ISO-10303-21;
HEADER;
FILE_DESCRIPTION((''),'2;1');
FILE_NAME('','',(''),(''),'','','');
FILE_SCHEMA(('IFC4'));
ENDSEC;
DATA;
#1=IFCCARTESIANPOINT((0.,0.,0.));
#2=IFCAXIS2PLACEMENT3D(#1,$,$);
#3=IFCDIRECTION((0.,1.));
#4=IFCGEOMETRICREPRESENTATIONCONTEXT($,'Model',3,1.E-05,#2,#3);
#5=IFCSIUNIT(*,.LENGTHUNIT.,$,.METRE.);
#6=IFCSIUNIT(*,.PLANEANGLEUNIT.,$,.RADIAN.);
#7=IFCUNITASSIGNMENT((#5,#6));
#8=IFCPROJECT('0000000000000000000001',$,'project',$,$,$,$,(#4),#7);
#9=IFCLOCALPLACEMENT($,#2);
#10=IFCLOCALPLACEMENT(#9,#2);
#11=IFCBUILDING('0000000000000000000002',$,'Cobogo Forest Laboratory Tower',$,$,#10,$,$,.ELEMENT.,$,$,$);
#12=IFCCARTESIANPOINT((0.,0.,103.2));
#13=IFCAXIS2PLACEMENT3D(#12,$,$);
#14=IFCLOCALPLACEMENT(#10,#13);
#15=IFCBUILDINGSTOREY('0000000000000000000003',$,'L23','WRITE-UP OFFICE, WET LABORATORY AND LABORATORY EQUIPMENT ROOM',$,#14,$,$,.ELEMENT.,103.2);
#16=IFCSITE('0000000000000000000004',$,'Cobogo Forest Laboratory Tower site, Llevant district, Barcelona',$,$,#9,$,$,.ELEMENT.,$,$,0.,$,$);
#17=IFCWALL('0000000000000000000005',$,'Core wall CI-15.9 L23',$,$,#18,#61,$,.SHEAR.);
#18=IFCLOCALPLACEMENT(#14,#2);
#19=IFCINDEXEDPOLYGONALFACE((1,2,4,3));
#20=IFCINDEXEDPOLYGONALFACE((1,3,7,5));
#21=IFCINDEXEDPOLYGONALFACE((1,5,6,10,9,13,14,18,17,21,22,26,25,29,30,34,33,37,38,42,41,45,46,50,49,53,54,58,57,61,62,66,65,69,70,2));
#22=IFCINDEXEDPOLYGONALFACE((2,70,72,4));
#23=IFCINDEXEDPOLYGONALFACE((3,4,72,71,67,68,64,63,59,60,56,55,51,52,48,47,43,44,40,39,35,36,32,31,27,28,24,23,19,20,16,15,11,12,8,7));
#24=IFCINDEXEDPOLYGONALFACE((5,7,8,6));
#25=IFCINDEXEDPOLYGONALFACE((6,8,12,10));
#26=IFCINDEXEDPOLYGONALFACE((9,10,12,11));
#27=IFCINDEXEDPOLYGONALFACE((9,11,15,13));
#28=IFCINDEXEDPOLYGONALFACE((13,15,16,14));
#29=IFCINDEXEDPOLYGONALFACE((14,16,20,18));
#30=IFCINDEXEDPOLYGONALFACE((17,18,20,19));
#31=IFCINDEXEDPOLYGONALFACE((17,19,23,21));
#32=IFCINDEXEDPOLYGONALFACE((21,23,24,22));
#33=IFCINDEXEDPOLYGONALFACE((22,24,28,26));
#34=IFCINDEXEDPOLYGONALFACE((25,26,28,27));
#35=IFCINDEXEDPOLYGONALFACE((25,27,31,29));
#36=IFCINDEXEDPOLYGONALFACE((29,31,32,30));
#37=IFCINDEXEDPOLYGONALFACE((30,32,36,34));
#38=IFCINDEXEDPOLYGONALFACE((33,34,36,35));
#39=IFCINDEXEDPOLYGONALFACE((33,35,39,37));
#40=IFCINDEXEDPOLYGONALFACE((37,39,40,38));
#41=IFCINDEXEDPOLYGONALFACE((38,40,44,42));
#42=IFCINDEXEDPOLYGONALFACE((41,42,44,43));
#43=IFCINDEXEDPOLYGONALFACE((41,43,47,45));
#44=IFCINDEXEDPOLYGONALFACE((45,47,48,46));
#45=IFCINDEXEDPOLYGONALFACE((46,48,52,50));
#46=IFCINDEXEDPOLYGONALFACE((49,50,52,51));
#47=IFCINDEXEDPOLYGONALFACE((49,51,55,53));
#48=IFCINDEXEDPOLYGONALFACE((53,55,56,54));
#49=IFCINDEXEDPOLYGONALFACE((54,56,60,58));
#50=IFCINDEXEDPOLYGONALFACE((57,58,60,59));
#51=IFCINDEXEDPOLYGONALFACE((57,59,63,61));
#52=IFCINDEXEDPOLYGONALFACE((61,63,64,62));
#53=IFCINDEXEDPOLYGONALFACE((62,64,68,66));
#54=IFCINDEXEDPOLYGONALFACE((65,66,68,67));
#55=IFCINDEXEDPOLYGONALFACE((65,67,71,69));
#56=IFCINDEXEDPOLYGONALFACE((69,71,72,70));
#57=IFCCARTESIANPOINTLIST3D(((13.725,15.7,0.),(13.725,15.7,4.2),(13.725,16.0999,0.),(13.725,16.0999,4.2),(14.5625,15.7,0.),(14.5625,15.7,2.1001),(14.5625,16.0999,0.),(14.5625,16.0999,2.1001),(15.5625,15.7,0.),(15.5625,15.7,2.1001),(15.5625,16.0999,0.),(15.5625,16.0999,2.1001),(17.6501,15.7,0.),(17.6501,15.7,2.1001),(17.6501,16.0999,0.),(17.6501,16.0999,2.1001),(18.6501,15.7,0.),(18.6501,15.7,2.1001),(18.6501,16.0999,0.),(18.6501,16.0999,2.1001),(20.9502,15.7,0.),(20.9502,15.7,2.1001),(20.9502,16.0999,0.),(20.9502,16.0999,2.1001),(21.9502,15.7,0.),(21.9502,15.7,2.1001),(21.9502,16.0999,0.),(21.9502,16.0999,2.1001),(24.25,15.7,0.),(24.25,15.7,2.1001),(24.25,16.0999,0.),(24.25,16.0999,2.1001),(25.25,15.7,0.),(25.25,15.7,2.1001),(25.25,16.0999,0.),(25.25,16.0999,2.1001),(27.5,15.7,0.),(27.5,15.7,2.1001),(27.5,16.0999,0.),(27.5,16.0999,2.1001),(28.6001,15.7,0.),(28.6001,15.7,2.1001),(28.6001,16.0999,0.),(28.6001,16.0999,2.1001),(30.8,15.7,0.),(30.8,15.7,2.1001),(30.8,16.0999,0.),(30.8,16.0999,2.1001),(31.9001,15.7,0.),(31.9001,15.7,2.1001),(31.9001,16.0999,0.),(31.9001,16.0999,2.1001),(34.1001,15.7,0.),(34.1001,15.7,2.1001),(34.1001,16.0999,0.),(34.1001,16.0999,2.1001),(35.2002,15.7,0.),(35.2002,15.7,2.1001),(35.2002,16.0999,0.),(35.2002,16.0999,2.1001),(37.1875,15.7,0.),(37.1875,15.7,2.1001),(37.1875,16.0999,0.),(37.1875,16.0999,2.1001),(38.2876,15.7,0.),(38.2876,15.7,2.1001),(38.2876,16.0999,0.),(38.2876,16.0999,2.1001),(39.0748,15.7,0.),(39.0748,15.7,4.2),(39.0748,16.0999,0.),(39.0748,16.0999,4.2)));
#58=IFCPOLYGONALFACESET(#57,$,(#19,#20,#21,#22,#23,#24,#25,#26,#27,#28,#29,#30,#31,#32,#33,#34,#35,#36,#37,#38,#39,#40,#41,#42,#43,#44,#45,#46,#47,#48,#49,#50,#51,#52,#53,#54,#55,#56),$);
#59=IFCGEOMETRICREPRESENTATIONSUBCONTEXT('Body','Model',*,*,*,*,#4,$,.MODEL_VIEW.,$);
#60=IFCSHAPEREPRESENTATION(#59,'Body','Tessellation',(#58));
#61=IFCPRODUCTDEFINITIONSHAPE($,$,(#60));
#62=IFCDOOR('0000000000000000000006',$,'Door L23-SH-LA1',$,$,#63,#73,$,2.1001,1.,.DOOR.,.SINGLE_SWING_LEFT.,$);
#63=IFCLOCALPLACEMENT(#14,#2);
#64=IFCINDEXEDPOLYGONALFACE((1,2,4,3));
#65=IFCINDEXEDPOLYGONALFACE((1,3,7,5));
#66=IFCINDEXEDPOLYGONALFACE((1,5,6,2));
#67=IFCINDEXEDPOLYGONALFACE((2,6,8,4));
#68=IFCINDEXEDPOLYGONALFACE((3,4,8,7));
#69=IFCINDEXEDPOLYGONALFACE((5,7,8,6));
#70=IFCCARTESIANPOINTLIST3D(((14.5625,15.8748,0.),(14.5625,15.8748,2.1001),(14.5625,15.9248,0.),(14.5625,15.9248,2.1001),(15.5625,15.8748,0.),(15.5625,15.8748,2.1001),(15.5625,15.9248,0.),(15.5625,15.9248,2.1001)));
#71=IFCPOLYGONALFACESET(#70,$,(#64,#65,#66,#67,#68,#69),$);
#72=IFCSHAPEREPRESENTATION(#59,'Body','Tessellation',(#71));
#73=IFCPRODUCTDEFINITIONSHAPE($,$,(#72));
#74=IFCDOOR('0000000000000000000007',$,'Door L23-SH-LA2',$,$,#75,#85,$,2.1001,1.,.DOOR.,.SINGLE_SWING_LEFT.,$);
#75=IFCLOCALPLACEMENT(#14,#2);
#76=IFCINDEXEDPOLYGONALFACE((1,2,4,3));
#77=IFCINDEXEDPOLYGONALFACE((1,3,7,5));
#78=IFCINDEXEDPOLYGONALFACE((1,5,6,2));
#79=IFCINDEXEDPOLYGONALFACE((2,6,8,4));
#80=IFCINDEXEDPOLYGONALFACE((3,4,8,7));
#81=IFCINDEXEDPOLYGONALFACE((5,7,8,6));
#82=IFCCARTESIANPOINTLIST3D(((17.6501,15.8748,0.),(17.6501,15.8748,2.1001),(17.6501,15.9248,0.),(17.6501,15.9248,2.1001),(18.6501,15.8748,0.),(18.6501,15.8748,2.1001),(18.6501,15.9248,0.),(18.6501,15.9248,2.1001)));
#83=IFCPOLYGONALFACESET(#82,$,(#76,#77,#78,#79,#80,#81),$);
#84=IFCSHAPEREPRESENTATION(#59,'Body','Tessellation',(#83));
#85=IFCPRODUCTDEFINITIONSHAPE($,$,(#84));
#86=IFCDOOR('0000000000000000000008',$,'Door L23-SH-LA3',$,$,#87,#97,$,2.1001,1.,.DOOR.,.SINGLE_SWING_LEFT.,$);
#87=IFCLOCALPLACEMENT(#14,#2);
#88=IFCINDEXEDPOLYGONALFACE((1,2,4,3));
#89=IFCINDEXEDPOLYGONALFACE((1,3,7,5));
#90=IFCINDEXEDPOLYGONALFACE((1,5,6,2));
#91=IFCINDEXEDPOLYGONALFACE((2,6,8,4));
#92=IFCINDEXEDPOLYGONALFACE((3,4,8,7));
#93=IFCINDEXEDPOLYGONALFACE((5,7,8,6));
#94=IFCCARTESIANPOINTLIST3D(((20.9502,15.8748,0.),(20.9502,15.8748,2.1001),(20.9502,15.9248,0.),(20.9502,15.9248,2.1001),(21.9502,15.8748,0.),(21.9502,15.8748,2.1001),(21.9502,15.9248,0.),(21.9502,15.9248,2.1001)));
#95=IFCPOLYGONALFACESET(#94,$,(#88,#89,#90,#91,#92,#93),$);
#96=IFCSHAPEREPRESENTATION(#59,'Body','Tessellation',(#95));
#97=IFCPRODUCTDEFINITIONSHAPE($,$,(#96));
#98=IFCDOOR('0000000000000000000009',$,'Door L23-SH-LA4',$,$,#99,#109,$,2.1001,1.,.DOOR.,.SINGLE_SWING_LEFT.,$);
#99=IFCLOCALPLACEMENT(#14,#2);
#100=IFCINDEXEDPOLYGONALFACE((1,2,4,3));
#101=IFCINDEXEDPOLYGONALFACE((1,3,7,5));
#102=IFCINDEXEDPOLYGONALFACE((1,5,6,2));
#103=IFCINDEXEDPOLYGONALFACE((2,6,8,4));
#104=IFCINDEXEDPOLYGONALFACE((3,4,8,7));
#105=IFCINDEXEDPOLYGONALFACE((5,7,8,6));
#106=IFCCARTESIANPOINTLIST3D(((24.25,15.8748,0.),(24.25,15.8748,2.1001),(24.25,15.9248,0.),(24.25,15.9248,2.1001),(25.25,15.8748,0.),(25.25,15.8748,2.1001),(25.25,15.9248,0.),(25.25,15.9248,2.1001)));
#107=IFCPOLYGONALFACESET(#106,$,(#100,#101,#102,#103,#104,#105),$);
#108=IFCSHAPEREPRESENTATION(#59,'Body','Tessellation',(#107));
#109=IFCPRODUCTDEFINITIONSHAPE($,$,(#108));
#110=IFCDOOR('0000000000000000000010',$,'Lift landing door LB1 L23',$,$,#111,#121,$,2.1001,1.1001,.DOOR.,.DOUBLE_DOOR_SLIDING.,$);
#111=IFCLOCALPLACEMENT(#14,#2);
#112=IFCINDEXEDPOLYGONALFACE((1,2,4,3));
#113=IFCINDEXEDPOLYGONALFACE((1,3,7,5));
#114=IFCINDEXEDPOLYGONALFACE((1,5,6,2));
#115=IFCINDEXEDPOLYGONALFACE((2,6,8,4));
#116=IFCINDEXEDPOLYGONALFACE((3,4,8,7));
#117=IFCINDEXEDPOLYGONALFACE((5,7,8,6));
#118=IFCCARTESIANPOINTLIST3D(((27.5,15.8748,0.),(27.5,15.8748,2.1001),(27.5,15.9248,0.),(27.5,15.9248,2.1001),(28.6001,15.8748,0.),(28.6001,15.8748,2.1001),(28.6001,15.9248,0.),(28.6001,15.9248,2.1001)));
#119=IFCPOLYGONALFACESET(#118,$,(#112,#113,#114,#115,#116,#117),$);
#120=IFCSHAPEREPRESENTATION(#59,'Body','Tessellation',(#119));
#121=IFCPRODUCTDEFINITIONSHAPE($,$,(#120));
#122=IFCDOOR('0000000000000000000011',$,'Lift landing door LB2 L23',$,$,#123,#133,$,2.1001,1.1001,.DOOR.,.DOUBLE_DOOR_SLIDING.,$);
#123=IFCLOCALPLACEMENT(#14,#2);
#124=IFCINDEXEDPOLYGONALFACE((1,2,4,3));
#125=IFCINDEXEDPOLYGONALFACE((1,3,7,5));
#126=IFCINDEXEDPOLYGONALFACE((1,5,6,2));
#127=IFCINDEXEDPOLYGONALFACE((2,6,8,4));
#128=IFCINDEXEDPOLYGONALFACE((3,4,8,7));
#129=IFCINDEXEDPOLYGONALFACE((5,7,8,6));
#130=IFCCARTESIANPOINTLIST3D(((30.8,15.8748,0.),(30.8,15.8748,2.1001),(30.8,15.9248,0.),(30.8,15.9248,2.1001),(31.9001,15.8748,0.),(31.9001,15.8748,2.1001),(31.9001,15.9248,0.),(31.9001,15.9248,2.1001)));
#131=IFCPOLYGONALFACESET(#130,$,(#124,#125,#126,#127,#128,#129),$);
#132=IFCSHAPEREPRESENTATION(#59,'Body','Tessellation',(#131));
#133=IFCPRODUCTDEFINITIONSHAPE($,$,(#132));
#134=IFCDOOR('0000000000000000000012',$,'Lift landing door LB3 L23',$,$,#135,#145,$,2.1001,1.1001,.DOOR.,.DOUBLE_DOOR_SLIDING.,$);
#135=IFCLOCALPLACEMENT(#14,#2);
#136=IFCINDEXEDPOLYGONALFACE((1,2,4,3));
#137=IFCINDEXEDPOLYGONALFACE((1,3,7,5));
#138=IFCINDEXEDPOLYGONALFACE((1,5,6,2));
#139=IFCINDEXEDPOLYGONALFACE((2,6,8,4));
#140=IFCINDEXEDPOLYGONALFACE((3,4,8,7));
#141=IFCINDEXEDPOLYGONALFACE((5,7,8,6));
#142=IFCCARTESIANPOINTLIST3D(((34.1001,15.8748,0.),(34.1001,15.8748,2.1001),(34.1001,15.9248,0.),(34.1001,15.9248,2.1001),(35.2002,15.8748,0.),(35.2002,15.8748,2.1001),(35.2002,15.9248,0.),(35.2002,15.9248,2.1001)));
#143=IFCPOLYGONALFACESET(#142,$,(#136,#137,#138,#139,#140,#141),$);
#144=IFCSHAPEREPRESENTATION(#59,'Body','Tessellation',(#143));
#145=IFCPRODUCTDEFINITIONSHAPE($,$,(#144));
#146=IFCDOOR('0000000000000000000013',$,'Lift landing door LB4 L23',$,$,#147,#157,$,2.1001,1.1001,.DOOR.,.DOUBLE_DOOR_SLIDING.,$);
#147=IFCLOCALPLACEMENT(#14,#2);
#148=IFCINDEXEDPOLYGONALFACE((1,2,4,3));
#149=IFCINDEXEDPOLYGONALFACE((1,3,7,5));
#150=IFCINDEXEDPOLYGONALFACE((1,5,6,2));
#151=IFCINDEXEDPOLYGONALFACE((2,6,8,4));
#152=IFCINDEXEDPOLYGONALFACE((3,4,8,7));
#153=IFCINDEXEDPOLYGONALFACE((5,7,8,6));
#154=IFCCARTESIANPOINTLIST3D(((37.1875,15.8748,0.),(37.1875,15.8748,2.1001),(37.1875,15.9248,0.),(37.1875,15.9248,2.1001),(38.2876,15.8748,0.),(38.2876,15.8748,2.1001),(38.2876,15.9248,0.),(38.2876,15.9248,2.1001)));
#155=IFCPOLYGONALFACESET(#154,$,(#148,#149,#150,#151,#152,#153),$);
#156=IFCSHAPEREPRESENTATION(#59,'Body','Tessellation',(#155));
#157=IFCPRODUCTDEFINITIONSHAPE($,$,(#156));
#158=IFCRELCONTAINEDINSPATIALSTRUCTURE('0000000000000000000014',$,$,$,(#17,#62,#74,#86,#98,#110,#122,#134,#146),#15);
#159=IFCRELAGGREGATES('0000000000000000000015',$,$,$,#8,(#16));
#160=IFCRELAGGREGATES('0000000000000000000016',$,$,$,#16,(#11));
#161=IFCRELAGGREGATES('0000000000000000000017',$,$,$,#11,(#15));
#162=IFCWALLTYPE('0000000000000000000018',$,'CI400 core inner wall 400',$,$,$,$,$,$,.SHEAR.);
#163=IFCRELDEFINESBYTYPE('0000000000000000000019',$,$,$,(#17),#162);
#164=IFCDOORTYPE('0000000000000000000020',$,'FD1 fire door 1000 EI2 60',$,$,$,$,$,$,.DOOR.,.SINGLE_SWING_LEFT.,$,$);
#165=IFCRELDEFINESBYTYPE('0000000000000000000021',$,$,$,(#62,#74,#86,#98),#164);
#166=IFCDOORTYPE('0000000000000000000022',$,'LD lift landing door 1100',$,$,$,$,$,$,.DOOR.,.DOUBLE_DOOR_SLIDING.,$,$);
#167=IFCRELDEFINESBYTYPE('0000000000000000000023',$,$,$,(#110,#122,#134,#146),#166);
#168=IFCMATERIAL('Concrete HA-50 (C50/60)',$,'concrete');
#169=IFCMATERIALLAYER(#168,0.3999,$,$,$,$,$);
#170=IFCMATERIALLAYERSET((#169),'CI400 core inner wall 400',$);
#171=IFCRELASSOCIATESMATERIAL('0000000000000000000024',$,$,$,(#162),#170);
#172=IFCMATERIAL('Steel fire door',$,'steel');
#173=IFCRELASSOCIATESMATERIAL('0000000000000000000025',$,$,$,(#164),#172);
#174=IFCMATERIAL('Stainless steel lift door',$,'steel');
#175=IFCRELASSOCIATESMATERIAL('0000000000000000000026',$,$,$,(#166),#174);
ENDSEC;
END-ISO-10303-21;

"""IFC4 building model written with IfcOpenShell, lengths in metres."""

from ifc_helpers import new_model, si_unit, direction, frame, frame_2d, origin, place, context, subcontext, project, spatial, rectangle, extrude, material, layer, layer_set, type_object, element, fill, save


model = new_model("IFC4")

# Units and contexts
model_context = context("Model", 3, precision=1e-05, world=origin(), true_north=direction((0.0, 1.0)))
body_context = subcontext(model_context, "Body", "Model", "MODEL_VIEW")
ifc_project = project(units=[si_unit("LENGTHUNIT", "METRE"), si_unit("PLANEANGLEUNIT", "RADIAN")], contexts=[model_context])

# Site, building, storey
site_placement = place(None, origin())
site = spatial("IfcSite", under=ifc_project, at=site_placement, Name="Cobogo Forest Laboratory Tower site, Llevant district, Barcelona", CompositionType="ELEMENT", RefElevation=0.0)
building_placement = place(site_placement, origin())
building = spatial("IfcBuilding", under=site, at=building_placement, Name="Cobogo Forest Laboratory Tower", CompositionType="ELEMENT")
storey_placement = place(building_placement, frame((0.0, 0.0, 103.2)))
storey = spatial("IfcBuildingStorey", under=building, at=storey_placement, Name="L23", Description="WRITE-UP OFFICE, WET LABORATORY AND LABORATORY EQUIPMENT ROOM", CompositionType="ELEMENT", Elevation=103.2)

# Shared definitions
ifc_material_1 = material(Name="Concrete HA-50 (C50/60)", Category="concrete")

# Wall, openings, doors
ifc_layer_1 = layer(ifc_material_1, 0.3999)
ifc_layer_set_1 = layer_set([ifc_layer_1], Name="CI400 core inner wall 400")
wall_type_1 = type_object("IfcWallType", Name="CI400 core inner wall 400", PredefinedType="SHEAR", material=ifc_layer_set_1)
wall_1_placement = place(storey_placement, frame((13.7251, 15.8999, 0.0), z_axis=(0.0, 0.0, 1.0), x_axis=(1.0, 0.0, 0.0)))
wall_1 = element("IfcWall", 1, at=wall_1_placement, inside=storey, type_object=wall_type_1, Name="Core wall CI-15.9 L23", PredefinedType="SHEAR", context=body_context, shape_type="SweptSolid", body=[
    extrude(rectangle(XDim=25.3499, YDim=0.3999, at=frame_2d((12.6748, 0.0))), origin(), (0.0, 0.0, 1.0), 4.2),
])
opening_1_placement = place(wall_1_placement, frame((0.8374, 0.0, 0.0)))
opening_1 = element("IfcOpeningElement", 2, at=opening_1_placement, cuts=wall_1, PredefinedType="OPENING", context=body_context, shape_type="SweptSolid", body=[
    extrude(rectangle(XDim=1.0, YDim=2.1001, at=frame_2d((0.5, 1.05))), frame((0.0, 0.21, 0.0), z_axis=(0.0, -1.0, 0.0), x_axis=(1.0, 0.0, 0.0)), (0.0, 0.0, 1.0), 0.4199),
])
opening_2_placement = place(wall_1_placement, frame((3.925, 0.0, 0.0)))
opening_2 = element("IfcOpeningElement", 3, at=opening_2_placement, cuts=wall_1, PredefinedType="OPENING", context=body_context, shape_type="SweptSolid", body=[
    extrude(rectangle(XDim=1.0, YDim=2.1001, at=frame_2d((0.5, 1.05))), frame((0.0, 0.21, 0.0), z_axis=(0.0, -1.0, 0.0), x_axis=(1.0, 0.0, 0.0)), (0.0, 0.0, 1.0), 0.4199),
])
opening_3_placement = place(wall_1_placement, frame((7.2251, 0.0, 0.0)))
opening_3 = element("IfcOpeningElement", 4, at=opening_3_placement, cuts=wall_1, PredefinedType="OPENING", context=body_context, shape_type="SweptSolid", body=[
    extrude(rectangle(XDim=1.0, YDim=2.1001, at=frame_2d((0.5, 1.05))), frame((0.0, 0.21, 0.0), z_axis=(0.0, -1.0, 0.0), x_axis=(1.0, 0.0, 0.0)), (0.0, 0.0, 1.0), 0.4199),
])
opening_4_placement = place(wall_1_placement, frame((10.5249, 0.0, 0.0)))
opening_4 = element("IfcOpeningElement", 5, at=opening_4_placement, cuts=wall_1, PredefinedType="OPENING", context=body_context, shape_type="SweptSolid", body=[
    extrude(rectangle(XDim=1.0, YDim=2.1001, at=frame_2d((0.5, 1.05))), frame((0.0, 0.21, 0.0), z_axis=(0.0, -1.0, 0.0), x_axis=(1.0, 0.0, 0.0)), (0.0, 0.0, 1.0), 0.4199),
])
opening_5_placement = place(wall_1_placement, frame((13.7749, 0.0, 0.0)))
opening_5 = element("IfcOpeningElement", 6, at=opening_5_placement, cuts=wall_1, PredefinedType="OPENING", context=body_context, shape_type="SweptSolid", body=[
    extrude(rectangle(XDim=1.1001, YDim=2.1001, at=frame_2d((0.55, 1.05))), frame((0.0, 0.21, 0.0), z_axis=(0.0, -1.0, 0.0), x_axis=(1.0, 0.0, 0.0)), (0.0, 0.0, 1.0), 0.4199),
])
opening_6_placement = place(wall_1_placement, frame((17.075, 0.0, 0.0)))
opening_6 = element("IfcOpeningElement", 7, at=opening_6_placement, cuts=wall_1, PredefinedType="OPENING", context=body_context, shape_type="SweptSolid", body=[
    extrude(rectangle(XDim=1.1001, YDim=2.1001, at=frame_2d((0.55, 1.05))), frame((0.0, 0.21, 0.0), z_axis=(0.0, -1.0, 0.0), x_axis=(1.0, 0.0, 0.0)), (0.0, 0.0, 1.0), 0.4199),
])
opening_7_placement = place(wall_1_placement, frame((20.375, 0.0, 0.0)))
opening_7 = element("IfcOpeningElement", 8, at=opening_7_placement, cuts=wall_1, PredefinedType="OPENING", context=body_context, shape_type="SweptSolid", body=[
    extrude(rectangle(XDim=1.1001, YDim=2.1001, at=frame_2d((0.55, 1.05))), frame((0.0, 0.21, 0.0), z_axis=(0.0, -1.0, 0.0), x_axis=(1.0, 0.0, 0.0)), (0.0, 0.0, 1.0), 0.4199),
])
opening_8_placement = place(wall_1_placement, frame((23.4624, 0.0, 0.0)))
opening_8 = element("IfcOpeningElement", 9, at=opening_8_placement, cuts=wall_1, PredefinedType="OPENING", context=body_context, shape_type="SweptSolid", body=[
    extrude(rectangle(XDim=1.1001, YDim=2.1001, at=frame_2d((0.55, 1.05))), frame((0.0, 0.21, 0.0), z_axis=(0.0, -1.0, 0.0), x_axis=(1.0, 0.0, 0.0)), (0.0, 0.0, 1.0), 0.4199),
])
ifc_material_2 = material(Name="Steel fire door", Category="steel")
door_type_1 = type_object("IfcDoorType", Name="FD1 fire door 1000 EI2 60", OperationType="SINGLE_SWING_LEFT", PredefinedType="DOOR", material=ifc_material_2)
door_1_placement = place(opening_1_placement, origin())
door_1 = element("IfcDoor", 10, at=door_1_placement, inside=storey, type_object=door_type_1, Name="Door L23-SH-LA1", OperationType="SINGLE_SWING_LEFT", OverallHeight=2.1001, OverallWidth=1.0, PredefinedType="DOOR", context=body_context, shape_type="SweptSolid", body=[
    extrude(rectangle(XDim=1.0, YDim=2.1001, at=frame_2d((0.5, 1.05))), frame((0.0, 0.0249, 0.0), z_axis=(0.0, -1.0, 0.0), x_axis=(1.0, 0.0, 0.0)), (0.0, 0.0, 1.0), 0.05),
])
fill(opening_1, door_1)
door_2_placement = place(opening_2_placement, origin())
door_2 = element("IfcDoor", 11, at=door_2_placement, inside=storey, type_object=door_type_1, Name="Door L23-SH-LA2", OperationType="SINGLE_SWING_LEFT", OverallHeight=2.1001, OverallWidth=1.0, PredefinedType="DOOR", context=body_context, shape_type="SweptSolid", body=[
    extrude(rectangle(XDim=1.0, YDim=2.1001, at=frame_2d((0.5, 1.05))), frame((0.0, 0.0249, 0.0), z_axis=(0.0, -1.0, 0.0), x_axis=(1.0, 0.0, 0.0)), (0.0, 0.0, 1.0), 0.05),
])
fill(opening_2, door_2)
door_3_placement = place(opening_3_placement, origin())
door_3 = element("IfcDoor", 12, at=door_3_placement, inside=storey, type_object=door_type_1, Name="Door L23-SH-LA3", OperationType="SINGLE_SWING_LEFT", OverallHeight=2.1001, OverallWidth=1.0, PredefinedType="DOOR", context=body_context, shape_type="SweptSolid", body=[
    extrude(rectangle(XDim=1.0, YDim=2.1001, at=frame_2d((0.5, 1.05))), frame((0.0, 0.0249, 0.0), z_axis=(0.0, -1.0, 0.0), x_axis=(1.0, 0.0, 0.0)), (0.0, 0.0, 1.0), 0.05),
])
fill(opening_3, door_3)
door_4_placement = place(opening_4_placement, origin())
door_4 = element("IfcDoor", 13, at=door_4_placement, inside=storey, type_object=door_type_1, Name="Door L23-SH-LA4", OperationType="SINGLE_SWING_LEFT", OverallHeight=2.1001, OverallWidth=1.0, PredefinedType="DOOR", context=body_context, shape_type="SweptSolid", body=[
    extrude(rectangle(XDim=1.0, YDim=2.1001, at=frame_2d((0.5, 1.05))), frame((0.0, 0.0249, 0.0), z_axis=(0.0, -1.0, 0.0), x_axis=(1.0, 0.0, 0.0)), (0.0, 0.0, 1.0), 0.05),
])
fill(opening_4, door_4)
ifc_material_3 = material(Name="Stainless steel lift door", Category="steel")
door_type_2 = type_object("IfcDoorType", Name="LD lift landing door 1100", OperationType="DOUBLE_DOOR_SLIDING", PredefinedType="DOOR", material=ifc_material_3)
door_5_placement = place(opening_5_placement, origin())
door_5 = element("IfcDoor", 14, at=door_5_placement, inside=storey, type_object=door_type_2, Name="Lift landing door LB1 L23", OperationType="DOUBLE_DOOR_SLIDING", OverallHeight=2.1001, OverallWidth=1.1001, PredefinedType="DOOR", context=body_context, shape_type="SweptSolid", body=[
    extrude(rectangle(XDim=1.1001, YDim=2.1001, at=frame_2d((0.55, 1.05))), frame((0.0, 0.0249, 0.0), z_axis=(0.0, -1.0, 0.0), x_axis=(1.0, 0.0, 0.0)), (0.0, 0.0, 1.0), 0.05),
])
fill(opening_5, door_5)
door_6_placement = place(opening_6_placement, origin())
door_6 = element("IfcDoor", 15, at=door_6_placement, inside=storey, type_object=door_type_2, Name="Lift landing door LB2 L23", OperationType="DOUBLE_DOOR_SLIDING", OverallHeight=2.1001, OverallWidth=1.1001, PredefinedType="DOOR", context=body_context, shape_type="SweptSolid", body=[
    extrude(rectangle(XDim=1.1001, YDim=2.1001, at=frame_2d((0.55, 1.05))), frame((0.0, 0.0249, 0.0), z_axis=(0.0, -1.0, 0.0), x_axis=(1.0, 0.0, 0.0)), (0.0, 0.0, 1.0), 0.05),
])
fill(opening_6, door_6)
door_7_placement = place(opening_7_placement, origin())
door_7 = element("IfcDoor", 16, at=door_7_placement, inside=storey, type_object=door_type_2, Name="Lift landing door LB3 L23", OperationType="DOUBLE_DOOR_SLIDING", OverallHeight=2.1001, OverallWidth=1.1001, PredefinedType="DOOR", context=body_context, shape_type="SweptSolid", body=[
    extrude(rectangle(XDim=1.1001, YDim=2.1001, at=frame_2d((0.55, 1.05))), frame((0.0, 0.0249, 0.0), z_axis=(0.0, -1.0, 0.0), x_axis=(1.0, 0.0, 0.0)), (0.0, 0.0, 1.0), 0.05),
])
fill(opening_7, door_7)
door_8_placement = place(opening_8_placement, origin())
door_8 = element("IfcDoor", 17, at=door_8_placement, inside=storey, type_object=door_type_2, Name="Lift landing door LB4 L23", OperationType="DOUBLE_DOOR_SLIDING", OverallHeight=2.1001, OverallWidth=1.1001, PredefinedType="DOOR", context=body_context, shape_type="SweptSolid", body=[
    extrude(rectangle(XDim=1.1001, YDim=2.1001, at=frame_2d((0.55, 1.05))), frame((0.0, 0.0249, 0.0), z_axis=(0.0, -1.0, 0.0), x_axis=(1.0, 0.0, 0.0)), (0.0, 0.0, 1.0), 0.05),
])
fill(opening_8, door_8)

save(model, "model.ifc")
